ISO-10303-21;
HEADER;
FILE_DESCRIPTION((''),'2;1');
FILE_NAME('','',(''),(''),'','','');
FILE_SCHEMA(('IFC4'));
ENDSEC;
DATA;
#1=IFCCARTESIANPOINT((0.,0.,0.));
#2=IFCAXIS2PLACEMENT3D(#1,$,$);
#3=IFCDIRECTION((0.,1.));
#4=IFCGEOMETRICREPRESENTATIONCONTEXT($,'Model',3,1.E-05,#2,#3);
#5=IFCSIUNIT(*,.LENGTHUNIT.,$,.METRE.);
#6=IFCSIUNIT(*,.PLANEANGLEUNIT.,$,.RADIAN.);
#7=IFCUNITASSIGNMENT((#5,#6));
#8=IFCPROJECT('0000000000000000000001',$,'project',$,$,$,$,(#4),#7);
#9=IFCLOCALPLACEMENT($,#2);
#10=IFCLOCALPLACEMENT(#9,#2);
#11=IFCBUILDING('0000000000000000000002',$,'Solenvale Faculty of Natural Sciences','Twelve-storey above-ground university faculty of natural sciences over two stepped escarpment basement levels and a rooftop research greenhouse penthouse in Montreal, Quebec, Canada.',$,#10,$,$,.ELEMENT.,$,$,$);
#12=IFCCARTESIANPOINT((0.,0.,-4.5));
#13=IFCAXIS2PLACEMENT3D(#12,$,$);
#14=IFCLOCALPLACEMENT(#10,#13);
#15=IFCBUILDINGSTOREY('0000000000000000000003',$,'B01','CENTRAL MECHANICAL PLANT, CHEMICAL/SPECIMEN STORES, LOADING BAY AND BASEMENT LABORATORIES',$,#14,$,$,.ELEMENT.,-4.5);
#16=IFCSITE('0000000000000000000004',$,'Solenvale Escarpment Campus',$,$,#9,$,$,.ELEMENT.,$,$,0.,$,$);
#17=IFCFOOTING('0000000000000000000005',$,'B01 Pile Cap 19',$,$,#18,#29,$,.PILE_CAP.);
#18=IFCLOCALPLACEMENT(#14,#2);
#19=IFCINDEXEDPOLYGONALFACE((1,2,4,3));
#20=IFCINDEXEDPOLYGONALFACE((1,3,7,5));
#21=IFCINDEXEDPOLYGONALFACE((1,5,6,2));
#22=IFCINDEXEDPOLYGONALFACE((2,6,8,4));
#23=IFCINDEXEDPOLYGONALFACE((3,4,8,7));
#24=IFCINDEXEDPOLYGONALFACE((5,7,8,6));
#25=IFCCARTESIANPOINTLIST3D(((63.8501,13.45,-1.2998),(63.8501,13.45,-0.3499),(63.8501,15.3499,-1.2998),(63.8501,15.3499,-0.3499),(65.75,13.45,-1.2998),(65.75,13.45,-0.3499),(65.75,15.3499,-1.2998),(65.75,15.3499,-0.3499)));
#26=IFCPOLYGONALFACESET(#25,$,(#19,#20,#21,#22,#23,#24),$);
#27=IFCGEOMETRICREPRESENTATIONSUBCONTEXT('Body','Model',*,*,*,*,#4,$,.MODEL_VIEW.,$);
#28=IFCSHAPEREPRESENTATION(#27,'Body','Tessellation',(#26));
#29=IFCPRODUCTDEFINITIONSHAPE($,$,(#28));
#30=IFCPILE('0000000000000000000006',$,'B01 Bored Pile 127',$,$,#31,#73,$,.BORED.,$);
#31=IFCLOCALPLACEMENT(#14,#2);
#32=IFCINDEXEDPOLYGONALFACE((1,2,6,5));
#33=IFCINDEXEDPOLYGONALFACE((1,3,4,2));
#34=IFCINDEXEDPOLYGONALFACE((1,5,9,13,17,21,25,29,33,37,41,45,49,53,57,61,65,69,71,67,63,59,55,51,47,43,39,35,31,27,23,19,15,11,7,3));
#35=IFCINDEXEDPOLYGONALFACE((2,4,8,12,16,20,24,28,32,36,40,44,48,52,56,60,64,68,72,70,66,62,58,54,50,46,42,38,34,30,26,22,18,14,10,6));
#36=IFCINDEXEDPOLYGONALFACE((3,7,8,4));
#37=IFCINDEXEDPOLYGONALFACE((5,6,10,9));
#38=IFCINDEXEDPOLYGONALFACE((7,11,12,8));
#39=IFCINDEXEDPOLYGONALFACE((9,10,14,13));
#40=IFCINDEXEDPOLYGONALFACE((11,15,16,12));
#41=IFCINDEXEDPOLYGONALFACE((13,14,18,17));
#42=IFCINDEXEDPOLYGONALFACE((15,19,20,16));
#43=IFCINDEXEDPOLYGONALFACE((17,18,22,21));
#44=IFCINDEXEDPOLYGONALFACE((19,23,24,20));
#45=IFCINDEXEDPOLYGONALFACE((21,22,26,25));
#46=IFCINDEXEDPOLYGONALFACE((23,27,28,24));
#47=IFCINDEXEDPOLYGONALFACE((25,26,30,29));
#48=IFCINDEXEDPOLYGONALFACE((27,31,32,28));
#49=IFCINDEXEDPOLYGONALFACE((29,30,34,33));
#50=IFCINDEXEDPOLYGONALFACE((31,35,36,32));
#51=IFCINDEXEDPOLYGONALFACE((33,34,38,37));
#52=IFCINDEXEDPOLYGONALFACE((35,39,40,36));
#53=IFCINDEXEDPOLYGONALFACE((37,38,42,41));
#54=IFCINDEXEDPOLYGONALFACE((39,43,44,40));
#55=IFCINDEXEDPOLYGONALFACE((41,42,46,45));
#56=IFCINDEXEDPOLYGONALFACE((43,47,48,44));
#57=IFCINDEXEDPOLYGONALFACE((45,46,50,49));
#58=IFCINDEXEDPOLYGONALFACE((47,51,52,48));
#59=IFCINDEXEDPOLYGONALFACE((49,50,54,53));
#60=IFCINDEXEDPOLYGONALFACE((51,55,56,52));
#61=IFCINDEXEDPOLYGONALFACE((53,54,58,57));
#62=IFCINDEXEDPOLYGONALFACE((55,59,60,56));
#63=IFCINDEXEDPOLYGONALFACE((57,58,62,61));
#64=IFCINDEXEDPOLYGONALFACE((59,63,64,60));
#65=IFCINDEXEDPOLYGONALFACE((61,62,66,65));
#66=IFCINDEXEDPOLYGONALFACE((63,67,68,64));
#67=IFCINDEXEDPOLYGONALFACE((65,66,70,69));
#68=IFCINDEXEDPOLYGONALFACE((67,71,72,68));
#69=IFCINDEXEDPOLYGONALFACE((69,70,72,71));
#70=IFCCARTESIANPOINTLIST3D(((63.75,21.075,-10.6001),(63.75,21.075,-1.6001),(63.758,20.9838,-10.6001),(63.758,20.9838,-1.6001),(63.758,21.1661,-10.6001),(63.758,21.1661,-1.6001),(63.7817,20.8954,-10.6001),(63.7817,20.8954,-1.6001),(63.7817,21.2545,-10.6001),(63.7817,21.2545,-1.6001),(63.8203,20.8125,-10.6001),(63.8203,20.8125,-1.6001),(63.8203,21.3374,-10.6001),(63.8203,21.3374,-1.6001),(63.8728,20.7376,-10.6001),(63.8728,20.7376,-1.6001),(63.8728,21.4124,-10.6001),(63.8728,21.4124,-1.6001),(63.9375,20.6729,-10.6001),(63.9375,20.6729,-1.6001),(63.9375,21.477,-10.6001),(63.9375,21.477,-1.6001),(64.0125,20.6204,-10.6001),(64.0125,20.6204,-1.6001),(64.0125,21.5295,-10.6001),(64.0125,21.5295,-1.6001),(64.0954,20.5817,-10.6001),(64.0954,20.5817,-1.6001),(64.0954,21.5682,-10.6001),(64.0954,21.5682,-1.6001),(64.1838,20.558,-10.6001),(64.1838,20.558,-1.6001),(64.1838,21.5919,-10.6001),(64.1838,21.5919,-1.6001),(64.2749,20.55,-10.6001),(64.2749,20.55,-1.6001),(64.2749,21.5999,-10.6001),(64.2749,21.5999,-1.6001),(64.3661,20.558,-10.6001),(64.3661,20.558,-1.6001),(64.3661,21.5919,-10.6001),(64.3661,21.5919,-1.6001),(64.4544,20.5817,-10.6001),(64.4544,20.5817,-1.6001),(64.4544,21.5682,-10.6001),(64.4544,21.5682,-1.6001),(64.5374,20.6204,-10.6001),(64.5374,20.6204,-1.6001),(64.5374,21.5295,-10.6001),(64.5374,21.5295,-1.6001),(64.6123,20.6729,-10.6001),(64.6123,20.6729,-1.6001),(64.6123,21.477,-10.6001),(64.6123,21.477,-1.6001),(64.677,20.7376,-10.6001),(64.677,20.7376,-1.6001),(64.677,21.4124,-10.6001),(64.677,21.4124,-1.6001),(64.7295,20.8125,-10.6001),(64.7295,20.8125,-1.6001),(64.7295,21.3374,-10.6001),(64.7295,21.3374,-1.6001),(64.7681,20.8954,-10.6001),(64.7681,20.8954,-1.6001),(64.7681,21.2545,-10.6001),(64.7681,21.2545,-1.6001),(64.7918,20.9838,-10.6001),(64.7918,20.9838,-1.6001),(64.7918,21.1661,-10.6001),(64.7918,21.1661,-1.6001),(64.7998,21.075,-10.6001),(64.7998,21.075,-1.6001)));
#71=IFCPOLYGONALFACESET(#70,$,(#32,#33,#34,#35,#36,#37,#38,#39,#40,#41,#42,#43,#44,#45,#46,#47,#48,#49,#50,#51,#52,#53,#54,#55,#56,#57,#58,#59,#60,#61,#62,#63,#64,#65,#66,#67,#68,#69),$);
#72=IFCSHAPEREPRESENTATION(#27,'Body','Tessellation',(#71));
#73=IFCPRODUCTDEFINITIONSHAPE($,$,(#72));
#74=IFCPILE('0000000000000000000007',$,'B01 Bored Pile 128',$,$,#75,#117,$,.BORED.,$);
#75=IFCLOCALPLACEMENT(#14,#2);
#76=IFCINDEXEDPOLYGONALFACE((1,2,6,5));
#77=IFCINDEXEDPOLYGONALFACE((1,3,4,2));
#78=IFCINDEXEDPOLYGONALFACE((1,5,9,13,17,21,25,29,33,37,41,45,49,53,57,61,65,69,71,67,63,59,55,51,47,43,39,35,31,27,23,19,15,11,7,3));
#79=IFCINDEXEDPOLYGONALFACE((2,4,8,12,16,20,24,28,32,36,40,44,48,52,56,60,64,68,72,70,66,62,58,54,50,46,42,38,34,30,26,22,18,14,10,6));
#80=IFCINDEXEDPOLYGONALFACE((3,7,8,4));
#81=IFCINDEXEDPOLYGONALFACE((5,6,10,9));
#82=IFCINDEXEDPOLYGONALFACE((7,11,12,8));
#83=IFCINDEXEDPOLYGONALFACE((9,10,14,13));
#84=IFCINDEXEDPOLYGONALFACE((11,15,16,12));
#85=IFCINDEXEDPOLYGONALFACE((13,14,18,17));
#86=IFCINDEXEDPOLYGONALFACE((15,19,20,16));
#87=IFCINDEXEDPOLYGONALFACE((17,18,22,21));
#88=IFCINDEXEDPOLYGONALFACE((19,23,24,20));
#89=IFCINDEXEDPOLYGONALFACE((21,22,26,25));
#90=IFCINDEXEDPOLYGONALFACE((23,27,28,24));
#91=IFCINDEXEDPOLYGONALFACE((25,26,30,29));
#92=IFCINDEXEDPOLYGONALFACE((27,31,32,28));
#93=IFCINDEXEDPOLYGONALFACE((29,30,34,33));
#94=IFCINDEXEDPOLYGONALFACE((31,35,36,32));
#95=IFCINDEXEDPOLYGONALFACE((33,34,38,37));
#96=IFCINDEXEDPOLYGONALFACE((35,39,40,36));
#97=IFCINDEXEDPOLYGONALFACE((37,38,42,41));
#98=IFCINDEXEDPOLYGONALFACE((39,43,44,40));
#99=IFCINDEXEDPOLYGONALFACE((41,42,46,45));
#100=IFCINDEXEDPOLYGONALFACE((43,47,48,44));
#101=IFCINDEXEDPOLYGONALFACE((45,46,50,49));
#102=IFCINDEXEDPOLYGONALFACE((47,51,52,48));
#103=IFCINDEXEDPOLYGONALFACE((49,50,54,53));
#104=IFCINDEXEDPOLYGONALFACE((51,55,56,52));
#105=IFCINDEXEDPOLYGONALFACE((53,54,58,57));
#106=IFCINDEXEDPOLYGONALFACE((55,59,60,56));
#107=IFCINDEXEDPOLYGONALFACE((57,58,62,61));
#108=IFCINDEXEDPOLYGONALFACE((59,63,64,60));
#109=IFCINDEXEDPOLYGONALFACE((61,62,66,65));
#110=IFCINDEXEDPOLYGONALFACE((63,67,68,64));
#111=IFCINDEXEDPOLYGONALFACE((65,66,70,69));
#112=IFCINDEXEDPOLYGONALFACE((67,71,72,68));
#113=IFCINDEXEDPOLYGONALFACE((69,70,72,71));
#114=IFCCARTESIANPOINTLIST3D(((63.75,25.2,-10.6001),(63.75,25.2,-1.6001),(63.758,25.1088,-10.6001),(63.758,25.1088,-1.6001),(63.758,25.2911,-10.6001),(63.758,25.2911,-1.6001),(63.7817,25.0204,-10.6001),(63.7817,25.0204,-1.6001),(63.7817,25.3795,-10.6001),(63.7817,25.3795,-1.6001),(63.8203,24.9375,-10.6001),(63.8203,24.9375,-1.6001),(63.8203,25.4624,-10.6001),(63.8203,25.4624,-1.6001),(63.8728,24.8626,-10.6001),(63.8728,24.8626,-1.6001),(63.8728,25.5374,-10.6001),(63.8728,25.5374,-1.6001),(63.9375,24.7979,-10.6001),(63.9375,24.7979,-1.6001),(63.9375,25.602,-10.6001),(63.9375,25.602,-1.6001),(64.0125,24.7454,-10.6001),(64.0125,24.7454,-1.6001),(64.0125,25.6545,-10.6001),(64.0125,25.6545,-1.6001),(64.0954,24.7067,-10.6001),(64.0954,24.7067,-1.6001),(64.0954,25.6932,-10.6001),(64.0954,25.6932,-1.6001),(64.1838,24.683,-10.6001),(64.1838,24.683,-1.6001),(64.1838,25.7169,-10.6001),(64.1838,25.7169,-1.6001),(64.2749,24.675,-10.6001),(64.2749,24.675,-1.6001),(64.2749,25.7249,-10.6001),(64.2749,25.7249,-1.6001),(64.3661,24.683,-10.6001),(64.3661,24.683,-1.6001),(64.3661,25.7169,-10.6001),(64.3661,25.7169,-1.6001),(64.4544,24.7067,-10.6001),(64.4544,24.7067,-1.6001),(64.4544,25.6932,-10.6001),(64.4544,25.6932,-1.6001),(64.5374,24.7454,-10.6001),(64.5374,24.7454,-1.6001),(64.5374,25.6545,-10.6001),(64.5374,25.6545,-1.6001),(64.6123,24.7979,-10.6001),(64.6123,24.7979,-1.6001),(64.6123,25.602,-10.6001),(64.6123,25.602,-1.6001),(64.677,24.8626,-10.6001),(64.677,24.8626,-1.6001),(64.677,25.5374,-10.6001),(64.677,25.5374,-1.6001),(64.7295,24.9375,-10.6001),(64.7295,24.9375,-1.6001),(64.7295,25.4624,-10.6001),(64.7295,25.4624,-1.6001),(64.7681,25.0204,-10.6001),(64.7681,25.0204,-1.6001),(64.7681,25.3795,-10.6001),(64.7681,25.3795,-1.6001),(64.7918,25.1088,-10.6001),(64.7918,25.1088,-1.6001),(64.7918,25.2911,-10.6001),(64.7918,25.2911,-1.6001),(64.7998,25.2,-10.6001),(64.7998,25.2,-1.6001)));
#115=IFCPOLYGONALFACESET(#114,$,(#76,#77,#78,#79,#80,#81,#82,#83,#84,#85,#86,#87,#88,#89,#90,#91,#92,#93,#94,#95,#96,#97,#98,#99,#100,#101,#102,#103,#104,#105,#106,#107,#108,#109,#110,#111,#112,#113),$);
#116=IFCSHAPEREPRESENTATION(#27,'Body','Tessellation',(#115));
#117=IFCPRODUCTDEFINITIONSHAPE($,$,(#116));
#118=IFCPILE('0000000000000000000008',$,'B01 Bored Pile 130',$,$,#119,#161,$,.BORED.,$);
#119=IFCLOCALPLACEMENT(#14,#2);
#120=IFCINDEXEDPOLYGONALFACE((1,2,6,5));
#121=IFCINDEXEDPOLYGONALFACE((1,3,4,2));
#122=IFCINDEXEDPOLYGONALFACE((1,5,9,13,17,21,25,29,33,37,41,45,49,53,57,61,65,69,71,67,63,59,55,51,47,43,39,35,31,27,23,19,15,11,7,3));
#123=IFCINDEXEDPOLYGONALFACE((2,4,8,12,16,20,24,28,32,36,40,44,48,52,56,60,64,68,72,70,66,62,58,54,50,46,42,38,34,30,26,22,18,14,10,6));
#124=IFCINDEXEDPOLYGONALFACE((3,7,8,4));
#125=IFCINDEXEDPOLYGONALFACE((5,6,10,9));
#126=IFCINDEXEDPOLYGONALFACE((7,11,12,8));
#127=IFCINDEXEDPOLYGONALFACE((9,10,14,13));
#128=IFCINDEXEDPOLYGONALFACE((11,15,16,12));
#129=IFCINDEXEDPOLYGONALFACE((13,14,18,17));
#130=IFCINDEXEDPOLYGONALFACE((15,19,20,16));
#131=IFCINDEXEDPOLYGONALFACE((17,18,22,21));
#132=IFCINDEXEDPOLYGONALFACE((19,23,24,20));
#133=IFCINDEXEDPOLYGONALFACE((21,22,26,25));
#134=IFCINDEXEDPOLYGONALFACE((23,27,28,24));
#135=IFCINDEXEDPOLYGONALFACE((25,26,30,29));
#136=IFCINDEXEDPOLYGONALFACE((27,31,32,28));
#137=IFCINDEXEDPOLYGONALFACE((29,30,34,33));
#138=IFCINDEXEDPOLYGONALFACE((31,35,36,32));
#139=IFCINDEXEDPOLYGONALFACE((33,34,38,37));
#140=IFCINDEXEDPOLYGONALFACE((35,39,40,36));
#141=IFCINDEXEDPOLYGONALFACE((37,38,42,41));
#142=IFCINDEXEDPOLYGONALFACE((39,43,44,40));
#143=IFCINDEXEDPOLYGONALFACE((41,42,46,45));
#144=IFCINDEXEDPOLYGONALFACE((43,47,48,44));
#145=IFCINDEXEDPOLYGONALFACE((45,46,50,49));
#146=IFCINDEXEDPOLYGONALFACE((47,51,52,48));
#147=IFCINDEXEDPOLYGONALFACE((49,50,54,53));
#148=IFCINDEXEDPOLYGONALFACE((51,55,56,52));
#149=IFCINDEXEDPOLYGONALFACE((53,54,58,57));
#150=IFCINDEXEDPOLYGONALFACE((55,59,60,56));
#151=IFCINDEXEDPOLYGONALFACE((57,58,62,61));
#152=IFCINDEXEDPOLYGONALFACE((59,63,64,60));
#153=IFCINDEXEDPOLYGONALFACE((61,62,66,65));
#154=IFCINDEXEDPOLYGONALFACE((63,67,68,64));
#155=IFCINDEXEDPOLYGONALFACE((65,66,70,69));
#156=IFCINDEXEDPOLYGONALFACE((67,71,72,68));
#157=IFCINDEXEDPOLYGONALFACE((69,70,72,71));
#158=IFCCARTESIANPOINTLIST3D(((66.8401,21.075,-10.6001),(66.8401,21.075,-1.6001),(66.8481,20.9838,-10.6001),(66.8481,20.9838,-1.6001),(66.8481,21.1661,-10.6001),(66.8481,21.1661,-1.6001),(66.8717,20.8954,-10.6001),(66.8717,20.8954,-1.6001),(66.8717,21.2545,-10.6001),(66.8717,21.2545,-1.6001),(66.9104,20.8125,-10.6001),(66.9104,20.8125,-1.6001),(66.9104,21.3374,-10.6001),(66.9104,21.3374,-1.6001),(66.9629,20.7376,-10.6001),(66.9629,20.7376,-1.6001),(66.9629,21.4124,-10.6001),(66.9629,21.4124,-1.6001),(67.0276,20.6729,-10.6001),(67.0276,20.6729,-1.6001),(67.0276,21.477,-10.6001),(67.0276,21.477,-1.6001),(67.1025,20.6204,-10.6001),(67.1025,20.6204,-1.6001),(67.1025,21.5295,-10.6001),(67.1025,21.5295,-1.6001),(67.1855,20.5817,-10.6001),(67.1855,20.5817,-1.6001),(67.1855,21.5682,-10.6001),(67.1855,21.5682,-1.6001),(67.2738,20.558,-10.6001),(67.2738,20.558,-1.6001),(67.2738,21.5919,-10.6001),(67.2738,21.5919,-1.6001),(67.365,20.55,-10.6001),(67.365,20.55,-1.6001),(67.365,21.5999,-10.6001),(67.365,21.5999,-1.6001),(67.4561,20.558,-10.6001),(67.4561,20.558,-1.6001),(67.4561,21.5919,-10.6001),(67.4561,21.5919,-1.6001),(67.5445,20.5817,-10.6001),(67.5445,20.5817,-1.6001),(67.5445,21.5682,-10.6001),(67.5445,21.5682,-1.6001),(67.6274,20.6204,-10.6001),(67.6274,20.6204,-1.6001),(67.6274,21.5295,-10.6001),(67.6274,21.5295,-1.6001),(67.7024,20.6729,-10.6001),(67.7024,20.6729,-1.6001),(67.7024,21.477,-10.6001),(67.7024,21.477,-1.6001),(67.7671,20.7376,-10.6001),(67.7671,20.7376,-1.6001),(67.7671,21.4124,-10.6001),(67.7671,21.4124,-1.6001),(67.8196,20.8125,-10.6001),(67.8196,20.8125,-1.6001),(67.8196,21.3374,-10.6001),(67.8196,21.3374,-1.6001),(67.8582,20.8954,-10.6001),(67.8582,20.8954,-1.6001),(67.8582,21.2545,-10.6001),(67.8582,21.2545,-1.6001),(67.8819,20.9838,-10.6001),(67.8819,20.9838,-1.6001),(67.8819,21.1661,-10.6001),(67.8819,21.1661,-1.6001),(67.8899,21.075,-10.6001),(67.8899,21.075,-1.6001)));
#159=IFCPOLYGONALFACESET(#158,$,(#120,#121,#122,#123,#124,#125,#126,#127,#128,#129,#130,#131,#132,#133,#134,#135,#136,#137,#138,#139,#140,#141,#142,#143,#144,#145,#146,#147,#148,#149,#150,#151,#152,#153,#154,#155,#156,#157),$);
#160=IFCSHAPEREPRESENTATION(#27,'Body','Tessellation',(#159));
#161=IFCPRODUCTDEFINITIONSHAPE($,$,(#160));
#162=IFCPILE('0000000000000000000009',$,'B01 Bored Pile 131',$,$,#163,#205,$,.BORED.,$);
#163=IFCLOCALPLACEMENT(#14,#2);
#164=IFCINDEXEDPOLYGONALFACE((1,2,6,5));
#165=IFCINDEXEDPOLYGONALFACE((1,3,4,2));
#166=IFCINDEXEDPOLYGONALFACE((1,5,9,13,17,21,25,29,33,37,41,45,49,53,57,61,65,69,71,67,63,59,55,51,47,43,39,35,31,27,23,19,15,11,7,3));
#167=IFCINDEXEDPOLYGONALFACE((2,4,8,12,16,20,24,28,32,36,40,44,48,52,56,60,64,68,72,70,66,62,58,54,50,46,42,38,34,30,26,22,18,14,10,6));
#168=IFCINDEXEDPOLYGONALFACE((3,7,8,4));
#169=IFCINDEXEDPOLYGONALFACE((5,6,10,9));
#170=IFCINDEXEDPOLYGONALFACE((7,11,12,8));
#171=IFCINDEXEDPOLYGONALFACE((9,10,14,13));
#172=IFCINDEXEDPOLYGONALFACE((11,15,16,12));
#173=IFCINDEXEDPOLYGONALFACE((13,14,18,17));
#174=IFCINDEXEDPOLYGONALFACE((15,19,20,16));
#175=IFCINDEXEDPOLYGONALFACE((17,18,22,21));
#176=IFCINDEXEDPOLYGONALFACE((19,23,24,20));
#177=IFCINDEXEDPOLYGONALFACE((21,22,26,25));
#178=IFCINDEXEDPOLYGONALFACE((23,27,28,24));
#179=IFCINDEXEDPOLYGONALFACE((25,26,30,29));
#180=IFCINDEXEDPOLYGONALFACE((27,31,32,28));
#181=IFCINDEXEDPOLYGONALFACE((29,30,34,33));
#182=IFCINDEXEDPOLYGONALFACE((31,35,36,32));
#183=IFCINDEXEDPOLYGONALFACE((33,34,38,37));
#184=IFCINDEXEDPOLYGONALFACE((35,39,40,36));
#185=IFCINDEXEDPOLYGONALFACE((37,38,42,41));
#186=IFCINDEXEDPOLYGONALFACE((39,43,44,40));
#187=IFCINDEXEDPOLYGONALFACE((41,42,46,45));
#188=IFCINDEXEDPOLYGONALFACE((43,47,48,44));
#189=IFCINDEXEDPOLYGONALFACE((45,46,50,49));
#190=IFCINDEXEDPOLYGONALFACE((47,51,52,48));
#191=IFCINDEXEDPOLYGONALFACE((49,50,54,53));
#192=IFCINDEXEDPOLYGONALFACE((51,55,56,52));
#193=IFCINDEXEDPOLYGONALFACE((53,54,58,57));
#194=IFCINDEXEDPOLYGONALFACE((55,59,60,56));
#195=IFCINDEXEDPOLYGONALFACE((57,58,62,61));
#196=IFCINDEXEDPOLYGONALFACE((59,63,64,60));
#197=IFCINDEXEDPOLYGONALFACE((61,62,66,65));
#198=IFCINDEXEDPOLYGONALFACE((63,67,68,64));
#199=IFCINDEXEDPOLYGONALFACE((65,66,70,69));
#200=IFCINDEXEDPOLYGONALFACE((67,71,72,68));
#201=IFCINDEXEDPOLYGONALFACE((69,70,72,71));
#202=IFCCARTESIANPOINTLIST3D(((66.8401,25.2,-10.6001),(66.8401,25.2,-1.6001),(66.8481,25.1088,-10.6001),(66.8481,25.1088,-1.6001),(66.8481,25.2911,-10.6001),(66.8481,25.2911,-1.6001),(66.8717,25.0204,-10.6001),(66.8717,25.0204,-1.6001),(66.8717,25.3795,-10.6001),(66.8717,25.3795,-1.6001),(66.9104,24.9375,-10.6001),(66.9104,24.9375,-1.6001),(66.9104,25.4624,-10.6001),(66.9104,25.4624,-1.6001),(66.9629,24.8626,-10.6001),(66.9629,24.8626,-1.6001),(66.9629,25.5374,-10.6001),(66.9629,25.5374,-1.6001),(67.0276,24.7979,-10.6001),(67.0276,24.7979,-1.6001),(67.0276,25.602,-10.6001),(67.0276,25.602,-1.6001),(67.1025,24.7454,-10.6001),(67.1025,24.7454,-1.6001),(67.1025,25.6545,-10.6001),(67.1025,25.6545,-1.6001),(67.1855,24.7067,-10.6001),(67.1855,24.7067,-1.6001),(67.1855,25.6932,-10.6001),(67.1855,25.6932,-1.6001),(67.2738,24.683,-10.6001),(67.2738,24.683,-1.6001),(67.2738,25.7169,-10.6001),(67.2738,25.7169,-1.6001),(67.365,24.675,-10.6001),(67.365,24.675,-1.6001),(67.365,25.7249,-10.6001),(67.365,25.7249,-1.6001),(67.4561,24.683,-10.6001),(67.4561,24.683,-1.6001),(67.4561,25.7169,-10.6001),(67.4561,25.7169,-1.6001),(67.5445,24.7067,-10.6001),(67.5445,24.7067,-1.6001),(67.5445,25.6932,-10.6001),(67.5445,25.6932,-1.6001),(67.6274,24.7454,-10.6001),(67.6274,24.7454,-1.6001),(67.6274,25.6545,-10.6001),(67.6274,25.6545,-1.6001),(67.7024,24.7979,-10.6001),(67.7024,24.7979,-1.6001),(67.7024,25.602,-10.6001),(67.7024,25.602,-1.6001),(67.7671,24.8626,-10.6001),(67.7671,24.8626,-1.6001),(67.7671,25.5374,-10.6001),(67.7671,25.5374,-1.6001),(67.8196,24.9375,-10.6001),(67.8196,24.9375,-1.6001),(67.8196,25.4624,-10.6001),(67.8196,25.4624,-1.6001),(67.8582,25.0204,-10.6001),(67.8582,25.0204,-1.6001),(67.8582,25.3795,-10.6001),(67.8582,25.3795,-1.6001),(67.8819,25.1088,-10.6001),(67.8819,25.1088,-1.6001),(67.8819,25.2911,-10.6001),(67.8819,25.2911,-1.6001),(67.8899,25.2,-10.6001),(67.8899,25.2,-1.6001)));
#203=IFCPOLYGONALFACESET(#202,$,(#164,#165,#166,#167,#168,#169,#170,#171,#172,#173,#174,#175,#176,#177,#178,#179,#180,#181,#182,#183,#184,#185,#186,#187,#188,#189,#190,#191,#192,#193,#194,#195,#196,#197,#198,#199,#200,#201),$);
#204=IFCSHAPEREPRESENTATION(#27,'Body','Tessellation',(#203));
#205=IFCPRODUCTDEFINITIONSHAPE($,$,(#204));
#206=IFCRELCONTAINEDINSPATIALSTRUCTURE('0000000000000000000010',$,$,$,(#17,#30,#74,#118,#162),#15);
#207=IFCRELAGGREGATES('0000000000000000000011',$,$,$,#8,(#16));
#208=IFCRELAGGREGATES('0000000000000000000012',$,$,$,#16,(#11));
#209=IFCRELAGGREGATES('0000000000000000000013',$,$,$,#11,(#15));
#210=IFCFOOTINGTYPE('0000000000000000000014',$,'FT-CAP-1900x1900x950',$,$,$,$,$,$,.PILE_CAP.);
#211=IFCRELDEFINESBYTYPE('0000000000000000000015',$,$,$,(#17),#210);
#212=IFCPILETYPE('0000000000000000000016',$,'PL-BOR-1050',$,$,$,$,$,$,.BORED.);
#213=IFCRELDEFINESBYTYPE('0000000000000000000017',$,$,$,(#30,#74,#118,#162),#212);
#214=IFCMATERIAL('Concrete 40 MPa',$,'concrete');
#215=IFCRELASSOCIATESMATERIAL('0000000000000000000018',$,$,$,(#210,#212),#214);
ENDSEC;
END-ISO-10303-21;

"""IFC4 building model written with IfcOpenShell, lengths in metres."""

from ifc_helpers import new_model, si_unit, direction, frame, origin, origin_2d, place, context, subcontext, project, spatial, rectangle, circle, extrude, material, material_profile, profile_set, type_object, element, save


model = new_model("IFC4")

# Units and contexts
model_context = context("Model", 3, precision=1e-05, world=origin(), true_north=direction((0.0, 1.0)))
body_context = subcontext(model_context, "Body", "Model", "MODEL_VIEW")
ifc_project = project(units=[si_unit("LENGTHUNIT", "METRE"), si_unit("PLANEANGLEUNIT", "RADIAN")], contexts=[model_context])

# Site, building, storey
site_placement = place(None, origin())
site = spatial("IfcSite", under=ifc_project, at=site_placement, Name="Solenvale Escarpment Campus", CompositionType="ELEMENT", RefElevation=0.0)
building_placement = place(site_placement, origin())
building = spatial("IfcBuilding", under=site, at=building_placement, Name="Solenvale Faculty of Natural Sciences", Description="Twelve-storey above-ground university faculty of natural sciences over two stepped escarpment basement levels and a rooftop research greenhouse penthouse in Montreal, Quebec, Canada.", CompositionType="ELEMENT")
storey_placement = place(building_placement, frame((0.0, 0.0, -4.5)))
storey = spatial("IfcBuildingStorey", under=building, at=storey_placement, Name="B01", Description="CENTRAL MECHANICAL PLANT, CHEMICAL/SPECIMEN STORES, LOADING BAY AND BASEMENT LABORATORIES", CompositionType="ELEMENT", Elevation=-4.5)

# Footing
ifc_material_1 = material(Name="Concrete 40 MPa", Category="concrete")
footing_type = type_object("IfcFootingType", Name="FT-CAP-1900x1900x950", PredefinedType="PILE_CAP", material=ifc_material_1)
footing_placement = place(storey_placement, frame((64.8, 14.3999, -1.2998), z_axis=(0.0, 0.0, 1.0), x_axis=(1.0, 0.0, 0.0)))
element("IfcFooting", 1, at=footing_placement, inside=storey, type_object=footing_type, Name="B01 Pile Cap 19", PredefinedType="PILE_CAP", context=body_context, shape_type="SweptSolid", body=[
    extrude(rectangle(XDim=1.8999, YDim=1.8999, at=origin_2d()), origin(), (0.0, 0.0, 1.0), 0.95),
])

# Piles
ifc_material_profile_1 = material_profile(ifc_material_1, circle(Radius=0.5249, at=origin_2d()), Name="PILE-D1050")
ifc_profile_set_1 = profile_set([ifc_material_profile_1], Name="Concrete 40 MPa")
pile_type_1 = type_object("IfcPileType", Name="PL-BOR-1050", PredefinedType="BORED", material=ifc_profile_set_1)
for number, where, z_axis, x_axis, name in (
    (2, (64.2749, 21.075, -1.6001), (0.0, 0.0, -1.0), (1.0, 0.0, 0.0), "B01 Bored Pile 127"),
    (3, (64.2749, 25.2, -1.6001), (0.0, 0.0, -1.0), (1.0, 0.0, 0.0), "B01 Bored Pile 128"),
    (4, (67.365, 21.075, -1.6001), (0.0, 0.0, -1.0), (1.0, 0.0, 0.0), "B01 Bored Pile 130"),
    (5, (67.365, 25.2, -1.6001), (0.0, 0.0, -1.0), (1.0, 0.0, 0.0), "B01 Bored Pile 131"),
):
    element("IfcPile", number, at=place(storey_placement, frame(where, z_axis=z_axis, x_axis=x_axis)), inside=storey, type_object=pile_type_1, Name=name, PredefinedType="BORED", context=body_context, shape_type="SweptSolid", body=[
        extrude(circle(Radius=0.5249, at=origin_2d()), origin(), (0.0, 0.0, 1.0), 9.0),
    ])

save(model, "model.ifc")
